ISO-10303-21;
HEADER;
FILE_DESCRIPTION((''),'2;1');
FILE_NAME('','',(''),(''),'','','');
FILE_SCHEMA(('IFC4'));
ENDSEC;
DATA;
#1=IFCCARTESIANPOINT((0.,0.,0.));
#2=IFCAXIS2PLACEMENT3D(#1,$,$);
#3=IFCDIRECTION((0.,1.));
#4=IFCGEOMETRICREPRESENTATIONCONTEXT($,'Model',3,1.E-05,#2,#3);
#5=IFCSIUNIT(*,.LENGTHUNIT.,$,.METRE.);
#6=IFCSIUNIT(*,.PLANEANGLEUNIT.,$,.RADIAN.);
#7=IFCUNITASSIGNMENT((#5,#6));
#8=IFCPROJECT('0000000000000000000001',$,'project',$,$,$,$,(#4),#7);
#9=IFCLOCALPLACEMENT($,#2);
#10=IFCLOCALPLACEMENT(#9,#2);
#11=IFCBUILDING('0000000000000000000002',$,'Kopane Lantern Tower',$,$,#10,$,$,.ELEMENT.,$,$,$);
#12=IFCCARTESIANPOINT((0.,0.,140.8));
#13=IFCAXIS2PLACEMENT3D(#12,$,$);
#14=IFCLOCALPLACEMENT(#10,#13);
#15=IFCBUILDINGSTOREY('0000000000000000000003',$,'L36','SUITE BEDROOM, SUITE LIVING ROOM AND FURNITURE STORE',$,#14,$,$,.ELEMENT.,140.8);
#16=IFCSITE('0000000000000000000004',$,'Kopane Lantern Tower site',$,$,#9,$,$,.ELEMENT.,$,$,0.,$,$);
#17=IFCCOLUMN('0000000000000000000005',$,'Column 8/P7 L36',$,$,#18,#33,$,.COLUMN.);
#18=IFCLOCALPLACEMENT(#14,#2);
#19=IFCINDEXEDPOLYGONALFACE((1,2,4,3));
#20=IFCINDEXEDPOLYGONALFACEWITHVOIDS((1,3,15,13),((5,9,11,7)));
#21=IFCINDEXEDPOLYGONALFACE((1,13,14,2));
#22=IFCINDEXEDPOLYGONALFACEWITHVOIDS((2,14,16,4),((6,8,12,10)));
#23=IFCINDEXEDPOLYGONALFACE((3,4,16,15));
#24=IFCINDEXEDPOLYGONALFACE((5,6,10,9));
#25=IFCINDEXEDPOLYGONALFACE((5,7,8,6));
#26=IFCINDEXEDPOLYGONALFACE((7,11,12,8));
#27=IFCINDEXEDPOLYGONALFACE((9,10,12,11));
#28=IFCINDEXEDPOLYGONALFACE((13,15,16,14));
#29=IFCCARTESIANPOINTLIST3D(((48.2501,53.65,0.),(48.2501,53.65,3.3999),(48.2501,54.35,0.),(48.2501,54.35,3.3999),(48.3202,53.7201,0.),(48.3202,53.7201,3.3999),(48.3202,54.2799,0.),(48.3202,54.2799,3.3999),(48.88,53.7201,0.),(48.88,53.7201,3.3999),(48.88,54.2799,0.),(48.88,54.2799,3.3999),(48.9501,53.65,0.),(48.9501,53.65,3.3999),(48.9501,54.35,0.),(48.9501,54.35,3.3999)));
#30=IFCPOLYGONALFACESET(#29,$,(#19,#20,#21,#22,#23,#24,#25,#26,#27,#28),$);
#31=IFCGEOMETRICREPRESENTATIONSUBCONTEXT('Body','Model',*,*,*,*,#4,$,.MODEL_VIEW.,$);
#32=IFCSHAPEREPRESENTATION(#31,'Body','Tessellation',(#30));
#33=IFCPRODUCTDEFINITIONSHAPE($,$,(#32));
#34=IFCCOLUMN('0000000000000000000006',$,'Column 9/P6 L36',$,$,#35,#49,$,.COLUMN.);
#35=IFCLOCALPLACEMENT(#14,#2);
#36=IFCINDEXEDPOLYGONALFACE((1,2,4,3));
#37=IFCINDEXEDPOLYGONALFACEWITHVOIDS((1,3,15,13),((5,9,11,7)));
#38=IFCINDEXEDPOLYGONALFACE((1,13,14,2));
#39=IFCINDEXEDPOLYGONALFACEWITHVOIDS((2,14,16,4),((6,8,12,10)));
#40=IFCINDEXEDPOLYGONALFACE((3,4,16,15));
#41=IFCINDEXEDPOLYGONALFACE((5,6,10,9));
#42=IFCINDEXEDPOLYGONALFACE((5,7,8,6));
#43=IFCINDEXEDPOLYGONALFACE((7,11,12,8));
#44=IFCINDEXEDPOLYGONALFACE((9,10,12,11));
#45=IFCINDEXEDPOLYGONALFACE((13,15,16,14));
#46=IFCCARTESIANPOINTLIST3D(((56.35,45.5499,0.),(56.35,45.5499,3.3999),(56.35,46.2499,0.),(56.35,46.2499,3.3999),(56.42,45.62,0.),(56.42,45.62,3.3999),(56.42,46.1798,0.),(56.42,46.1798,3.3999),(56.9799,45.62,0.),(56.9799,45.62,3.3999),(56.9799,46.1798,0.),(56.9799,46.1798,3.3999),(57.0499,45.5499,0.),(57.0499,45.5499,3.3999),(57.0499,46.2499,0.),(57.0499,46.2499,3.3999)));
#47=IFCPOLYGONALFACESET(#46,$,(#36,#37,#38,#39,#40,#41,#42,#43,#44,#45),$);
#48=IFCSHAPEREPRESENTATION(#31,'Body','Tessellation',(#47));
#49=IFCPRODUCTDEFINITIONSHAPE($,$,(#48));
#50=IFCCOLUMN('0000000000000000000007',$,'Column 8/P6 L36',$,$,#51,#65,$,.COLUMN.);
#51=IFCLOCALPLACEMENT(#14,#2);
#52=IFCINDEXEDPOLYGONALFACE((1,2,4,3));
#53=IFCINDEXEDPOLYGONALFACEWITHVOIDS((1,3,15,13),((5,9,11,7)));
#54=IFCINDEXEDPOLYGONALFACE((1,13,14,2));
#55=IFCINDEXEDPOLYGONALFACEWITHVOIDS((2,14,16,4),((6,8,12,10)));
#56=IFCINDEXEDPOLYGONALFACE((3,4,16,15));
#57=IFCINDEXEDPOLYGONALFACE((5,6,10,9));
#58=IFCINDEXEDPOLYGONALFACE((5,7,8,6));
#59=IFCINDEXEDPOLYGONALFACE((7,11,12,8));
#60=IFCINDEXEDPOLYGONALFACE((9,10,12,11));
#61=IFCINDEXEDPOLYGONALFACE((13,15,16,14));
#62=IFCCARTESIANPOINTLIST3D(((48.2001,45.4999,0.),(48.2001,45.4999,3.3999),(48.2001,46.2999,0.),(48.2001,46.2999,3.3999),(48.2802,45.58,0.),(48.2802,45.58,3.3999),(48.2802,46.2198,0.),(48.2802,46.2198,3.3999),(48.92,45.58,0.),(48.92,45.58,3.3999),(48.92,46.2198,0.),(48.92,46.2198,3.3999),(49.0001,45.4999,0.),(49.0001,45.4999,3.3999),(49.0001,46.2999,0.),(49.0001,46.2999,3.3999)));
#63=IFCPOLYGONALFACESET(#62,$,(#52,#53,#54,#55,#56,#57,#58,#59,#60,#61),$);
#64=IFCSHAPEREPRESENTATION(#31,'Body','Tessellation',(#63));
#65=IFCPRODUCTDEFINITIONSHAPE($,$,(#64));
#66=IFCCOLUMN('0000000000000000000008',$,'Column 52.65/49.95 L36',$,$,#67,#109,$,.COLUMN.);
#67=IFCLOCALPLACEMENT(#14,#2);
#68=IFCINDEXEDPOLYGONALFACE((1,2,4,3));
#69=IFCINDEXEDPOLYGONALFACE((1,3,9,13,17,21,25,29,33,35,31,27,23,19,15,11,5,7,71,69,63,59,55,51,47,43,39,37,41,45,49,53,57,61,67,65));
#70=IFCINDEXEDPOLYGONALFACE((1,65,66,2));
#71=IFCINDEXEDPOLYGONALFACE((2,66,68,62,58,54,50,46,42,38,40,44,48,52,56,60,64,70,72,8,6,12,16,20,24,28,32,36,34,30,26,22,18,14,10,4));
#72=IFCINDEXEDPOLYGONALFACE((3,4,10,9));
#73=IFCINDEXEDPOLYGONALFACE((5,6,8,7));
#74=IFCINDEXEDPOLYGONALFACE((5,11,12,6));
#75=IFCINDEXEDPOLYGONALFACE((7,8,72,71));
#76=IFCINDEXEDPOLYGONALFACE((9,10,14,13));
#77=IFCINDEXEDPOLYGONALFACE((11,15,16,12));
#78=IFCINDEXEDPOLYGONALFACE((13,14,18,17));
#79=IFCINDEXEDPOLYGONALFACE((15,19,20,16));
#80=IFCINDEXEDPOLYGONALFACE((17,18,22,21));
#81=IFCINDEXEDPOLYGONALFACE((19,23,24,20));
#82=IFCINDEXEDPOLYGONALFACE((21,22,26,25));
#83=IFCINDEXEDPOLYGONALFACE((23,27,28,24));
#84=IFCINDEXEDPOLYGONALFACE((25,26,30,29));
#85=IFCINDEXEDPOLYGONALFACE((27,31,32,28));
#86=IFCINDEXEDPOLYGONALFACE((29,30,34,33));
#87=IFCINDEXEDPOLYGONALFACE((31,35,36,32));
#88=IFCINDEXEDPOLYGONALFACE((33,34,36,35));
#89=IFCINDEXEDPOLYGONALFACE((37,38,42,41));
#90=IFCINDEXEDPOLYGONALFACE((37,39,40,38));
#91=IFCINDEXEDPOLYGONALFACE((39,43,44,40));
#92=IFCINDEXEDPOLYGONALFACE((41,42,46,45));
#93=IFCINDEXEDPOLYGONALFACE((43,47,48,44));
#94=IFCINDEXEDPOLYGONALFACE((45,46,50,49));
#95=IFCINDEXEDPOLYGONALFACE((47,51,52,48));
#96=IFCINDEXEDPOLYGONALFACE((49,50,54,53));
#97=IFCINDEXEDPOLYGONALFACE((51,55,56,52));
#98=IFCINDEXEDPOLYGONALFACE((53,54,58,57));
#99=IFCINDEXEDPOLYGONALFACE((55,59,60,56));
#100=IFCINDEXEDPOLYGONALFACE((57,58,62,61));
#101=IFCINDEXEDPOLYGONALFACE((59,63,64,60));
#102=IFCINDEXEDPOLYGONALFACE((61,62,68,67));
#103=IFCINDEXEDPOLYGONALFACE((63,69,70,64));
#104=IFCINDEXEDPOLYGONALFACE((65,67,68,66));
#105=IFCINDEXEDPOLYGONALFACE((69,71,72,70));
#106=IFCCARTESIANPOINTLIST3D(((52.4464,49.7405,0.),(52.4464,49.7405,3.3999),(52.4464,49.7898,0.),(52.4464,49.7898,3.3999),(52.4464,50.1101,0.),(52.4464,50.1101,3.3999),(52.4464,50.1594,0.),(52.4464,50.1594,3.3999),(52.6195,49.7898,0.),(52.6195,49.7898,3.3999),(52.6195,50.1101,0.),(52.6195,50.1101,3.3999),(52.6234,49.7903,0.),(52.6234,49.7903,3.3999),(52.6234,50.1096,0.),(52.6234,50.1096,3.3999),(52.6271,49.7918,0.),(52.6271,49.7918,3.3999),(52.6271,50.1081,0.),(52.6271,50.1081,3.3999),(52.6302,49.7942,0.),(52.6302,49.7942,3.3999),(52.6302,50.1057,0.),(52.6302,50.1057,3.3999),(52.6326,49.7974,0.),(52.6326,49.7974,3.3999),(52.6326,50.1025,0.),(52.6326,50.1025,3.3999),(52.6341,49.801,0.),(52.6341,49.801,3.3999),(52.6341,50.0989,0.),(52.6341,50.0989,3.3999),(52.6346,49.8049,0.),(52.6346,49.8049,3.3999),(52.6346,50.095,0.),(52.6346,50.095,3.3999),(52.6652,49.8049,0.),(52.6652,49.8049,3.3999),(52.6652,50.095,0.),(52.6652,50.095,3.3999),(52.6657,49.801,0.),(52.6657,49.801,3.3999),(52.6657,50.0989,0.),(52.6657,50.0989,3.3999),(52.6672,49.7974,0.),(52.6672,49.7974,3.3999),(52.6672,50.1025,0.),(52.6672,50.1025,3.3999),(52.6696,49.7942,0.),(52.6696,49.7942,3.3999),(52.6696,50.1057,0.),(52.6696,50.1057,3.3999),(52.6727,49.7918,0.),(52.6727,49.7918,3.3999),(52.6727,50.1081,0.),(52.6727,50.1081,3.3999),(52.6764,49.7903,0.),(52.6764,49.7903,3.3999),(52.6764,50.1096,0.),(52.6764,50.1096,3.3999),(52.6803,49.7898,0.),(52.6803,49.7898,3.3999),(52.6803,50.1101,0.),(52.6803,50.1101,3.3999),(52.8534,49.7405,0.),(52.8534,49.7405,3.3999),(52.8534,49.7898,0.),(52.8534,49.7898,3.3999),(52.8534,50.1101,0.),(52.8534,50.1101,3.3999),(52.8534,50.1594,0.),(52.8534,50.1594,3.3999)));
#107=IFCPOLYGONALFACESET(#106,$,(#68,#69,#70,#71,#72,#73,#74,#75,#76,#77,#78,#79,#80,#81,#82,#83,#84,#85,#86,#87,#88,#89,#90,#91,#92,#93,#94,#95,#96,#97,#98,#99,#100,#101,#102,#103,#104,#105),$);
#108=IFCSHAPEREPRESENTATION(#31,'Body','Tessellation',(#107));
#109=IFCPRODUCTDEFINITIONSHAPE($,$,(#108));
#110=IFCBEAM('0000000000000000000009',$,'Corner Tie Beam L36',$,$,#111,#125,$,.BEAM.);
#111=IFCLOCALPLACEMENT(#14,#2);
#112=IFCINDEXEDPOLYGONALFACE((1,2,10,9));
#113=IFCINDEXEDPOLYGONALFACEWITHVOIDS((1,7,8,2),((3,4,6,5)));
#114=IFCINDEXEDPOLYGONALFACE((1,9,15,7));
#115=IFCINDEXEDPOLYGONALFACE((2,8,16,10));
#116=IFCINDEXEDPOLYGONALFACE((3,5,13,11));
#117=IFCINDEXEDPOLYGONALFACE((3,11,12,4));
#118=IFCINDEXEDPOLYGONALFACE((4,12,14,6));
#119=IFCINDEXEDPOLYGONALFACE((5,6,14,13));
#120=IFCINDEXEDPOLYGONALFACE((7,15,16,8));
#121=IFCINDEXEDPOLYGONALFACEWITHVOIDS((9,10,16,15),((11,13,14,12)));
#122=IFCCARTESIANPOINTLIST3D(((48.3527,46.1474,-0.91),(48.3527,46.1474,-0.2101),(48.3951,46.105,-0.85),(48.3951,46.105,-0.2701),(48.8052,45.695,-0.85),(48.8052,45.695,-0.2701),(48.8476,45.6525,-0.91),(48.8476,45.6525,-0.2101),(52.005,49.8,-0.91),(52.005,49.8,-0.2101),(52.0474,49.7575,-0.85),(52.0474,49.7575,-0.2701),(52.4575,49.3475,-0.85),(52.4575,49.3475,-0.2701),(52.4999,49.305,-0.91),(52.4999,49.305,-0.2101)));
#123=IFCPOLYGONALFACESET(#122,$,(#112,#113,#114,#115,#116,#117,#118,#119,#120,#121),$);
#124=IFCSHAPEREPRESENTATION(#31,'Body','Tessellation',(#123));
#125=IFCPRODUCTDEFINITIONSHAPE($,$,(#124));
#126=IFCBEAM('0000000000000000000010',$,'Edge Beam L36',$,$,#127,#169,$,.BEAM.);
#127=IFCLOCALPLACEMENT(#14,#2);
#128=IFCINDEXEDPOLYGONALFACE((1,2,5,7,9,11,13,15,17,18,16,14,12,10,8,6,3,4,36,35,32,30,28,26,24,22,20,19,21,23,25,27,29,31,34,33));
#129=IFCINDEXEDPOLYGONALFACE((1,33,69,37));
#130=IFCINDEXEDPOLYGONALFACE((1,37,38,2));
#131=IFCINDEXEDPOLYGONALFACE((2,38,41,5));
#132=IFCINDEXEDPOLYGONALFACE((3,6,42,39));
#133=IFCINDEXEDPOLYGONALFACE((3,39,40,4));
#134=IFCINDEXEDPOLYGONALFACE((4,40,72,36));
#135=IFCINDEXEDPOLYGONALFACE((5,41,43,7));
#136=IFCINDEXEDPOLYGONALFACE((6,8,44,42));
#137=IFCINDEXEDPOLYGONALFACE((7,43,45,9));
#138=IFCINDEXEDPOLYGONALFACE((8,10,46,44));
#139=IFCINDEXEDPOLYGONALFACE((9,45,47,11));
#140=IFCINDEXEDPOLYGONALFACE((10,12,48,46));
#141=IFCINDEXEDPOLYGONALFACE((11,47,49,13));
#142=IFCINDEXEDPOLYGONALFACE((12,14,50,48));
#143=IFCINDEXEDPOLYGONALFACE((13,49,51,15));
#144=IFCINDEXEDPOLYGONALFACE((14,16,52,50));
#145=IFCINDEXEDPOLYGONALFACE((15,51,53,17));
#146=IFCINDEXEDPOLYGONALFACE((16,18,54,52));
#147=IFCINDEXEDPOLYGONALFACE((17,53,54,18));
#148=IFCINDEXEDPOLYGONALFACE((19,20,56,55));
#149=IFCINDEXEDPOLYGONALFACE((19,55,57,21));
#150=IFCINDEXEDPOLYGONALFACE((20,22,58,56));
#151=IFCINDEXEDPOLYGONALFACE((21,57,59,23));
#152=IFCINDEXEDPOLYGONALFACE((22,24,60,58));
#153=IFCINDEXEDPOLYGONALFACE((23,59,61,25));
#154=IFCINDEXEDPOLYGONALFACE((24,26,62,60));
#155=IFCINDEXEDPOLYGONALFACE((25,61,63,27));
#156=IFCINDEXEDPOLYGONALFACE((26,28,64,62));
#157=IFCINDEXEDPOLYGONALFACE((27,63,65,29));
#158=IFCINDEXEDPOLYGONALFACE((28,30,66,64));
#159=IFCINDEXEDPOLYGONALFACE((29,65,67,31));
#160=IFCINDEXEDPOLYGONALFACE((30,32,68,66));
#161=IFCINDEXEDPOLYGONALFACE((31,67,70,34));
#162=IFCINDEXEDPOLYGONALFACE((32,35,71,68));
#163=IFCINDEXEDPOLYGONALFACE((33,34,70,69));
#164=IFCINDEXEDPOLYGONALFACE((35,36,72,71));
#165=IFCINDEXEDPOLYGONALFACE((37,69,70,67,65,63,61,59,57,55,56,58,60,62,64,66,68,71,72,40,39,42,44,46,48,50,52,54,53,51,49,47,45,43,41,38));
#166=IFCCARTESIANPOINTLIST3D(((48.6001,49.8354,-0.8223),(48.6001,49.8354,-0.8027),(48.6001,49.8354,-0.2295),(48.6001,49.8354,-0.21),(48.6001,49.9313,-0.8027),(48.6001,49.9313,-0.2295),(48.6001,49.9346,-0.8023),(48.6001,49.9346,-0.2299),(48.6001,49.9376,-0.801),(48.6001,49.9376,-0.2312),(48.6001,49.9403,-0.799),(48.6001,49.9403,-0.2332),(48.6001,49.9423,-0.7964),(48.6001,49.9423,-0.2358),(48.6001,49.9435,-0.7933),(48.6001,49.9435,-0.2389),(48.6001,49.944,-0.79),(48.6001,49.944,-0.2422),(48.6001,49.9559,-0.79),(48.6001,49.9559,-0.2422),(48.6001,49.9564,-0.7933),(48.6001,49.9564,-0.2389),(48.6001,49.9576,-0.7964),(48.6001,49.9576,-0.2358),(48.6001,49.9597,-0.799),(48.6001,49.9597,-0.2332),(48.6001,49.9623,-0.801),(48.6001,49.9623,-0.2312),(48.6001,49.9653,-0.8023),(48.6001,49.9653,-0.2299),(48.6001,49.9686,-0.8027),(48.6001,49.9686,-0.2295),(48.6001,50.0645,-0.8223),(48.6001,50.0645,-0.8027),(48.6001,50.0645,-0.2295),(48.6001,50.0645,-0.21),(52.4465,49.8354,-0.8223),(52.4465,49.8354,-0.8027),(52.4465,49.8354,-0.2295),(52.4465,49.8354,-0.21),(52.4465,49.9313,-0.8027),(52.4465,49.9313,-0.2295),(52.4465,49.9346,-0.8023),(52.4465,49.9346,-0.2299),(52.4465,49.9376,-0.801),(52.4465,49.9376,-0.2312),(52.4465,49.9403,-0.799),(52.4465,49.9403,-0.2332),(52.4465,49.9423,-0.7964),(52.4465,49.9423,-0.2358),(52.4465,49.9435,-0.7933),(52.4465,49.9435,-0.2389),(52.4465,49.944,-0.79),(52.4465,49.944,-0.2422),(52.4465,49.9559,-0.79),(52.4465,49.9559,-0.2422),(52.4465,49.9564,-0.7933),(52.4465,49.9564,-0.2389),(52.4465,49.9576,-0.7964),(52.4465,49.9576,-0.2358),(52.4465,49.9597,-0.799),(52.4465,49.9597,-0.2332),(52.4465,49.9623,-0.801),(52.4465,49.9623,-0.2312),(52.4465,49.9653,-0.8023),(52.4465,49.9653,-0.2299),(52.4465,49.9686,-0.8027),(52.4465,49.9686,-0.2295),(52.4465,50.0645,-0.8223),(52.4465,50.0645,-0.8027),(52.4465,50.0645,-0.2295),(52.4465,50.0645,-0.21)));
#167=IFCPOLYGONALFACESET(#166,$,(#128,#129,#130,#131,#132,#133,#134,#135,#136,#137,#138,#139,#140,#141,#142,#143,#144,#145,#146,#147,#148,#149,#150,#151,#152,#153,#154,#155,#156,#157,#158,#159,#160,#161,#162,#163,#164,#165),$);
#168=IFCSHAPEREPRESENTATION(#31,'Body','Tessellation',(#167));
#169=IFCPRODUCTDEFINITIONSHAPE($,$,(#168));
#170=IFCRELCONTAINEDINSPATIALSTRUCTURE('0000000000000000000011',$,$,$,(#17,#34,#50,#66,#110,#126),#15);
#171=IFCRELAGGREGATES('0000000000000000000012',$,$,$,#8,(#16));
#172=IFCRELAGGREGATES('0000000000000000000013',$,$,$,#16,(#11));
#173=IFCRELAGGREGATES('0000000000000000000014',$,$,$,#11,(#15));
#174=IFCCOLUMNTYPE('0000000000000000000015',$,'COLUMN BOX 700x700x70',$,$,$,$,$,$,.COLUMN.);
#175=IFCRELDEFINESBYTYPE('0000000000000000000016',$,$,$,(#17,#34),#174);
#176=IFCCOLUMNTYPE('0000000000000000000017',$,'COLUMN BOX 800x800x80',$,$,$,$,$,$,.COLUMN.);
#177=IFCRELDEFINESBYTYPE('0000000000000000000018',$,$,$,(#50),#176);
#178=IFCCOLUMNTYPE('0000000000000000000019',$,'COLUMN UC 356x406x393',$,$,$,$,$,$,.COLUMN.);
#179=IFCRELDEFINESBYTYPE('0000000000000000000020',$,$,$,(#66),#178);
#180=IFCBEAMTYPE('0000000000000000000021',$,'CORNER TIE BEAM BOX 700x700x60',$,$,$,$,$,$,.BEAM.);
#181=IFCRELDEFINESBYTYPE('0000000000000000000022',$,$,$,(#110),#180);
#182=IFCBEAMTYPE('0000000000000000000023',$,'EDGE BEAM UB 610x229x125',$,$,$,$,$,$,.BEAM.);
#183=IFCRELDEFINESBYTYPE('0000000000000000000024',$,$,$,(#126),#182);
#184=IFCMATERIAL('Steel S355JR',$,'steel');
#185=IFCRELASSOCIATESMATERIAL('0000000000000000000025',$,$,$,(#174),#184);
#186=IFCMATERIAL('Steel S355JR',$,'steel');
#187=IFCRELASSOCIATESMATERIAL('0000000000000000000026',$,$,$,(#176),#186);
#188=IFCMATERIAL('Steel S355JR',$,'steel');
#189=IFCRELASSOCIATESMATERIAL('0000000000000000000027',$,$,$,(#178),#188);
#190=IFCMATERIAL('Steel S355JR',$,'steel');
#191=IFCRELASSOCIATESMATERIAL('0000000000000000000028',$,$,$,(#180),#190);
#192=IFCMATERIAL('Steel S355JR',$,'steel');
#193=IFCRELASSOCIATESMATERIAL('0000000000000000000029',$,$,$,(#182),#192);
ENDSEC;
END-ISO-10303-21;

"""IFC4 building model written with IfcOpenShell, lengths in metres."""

from ifc_helpers import new_model, si_unit, direction, frame, origin, origin_2d, place, context, subcontext, project, spatial, hollow_rectangle, i_section, extrude, material, material_profile, profile_set, type_object, element, save


model = new_model("IFC4")

# Units and contexts
model_context = context("Model", 3, precision=1e-05, world=origin(), true_north=direction((0.0, 1.0)))
body_context = subcontext(model_context, "Body", "Model", "MODEL_VIEW")
ifc_project = project(units=[si_unit("LENGTHUNIT", "METRE"), si_unit("PLANEANGLEUNIT", "RADIAN")], contexts=[model_context])

# Site, building, storey
site_placement = place(None, origin())
site = spatial("IfcSite", under=ifc_project, at=site_placement, Name="Kopane Lantern Tower site", CompositionType="ELEMENT", RefElevation=0.0)
building_placement = place(site_placement, origin())
building = spatial("IfcBuilding", under=site, at=building_placement, Name="Kopane Lantern Tower", CompositionType="ELEMENT")
storey_placement = place(building_placement, frame((0.0, 0.0, 140.8)))
storey = spatial("IfcBuildingStorey", under=building, at=storey_placement, Name="L36", Description="SUITE BEDROOM, SUITE LIVING ROOM AND FURNITURE STORE", CompositionType="ELEMENT", Elevation=140.8)

# Columns
ifc_material_1 = material(Name="Steel S355JR", Category="steel")
ifc_material_profile_1 = material_profile(ifc_material_1, hollow_rectangle(XDim=0.7, YDim=0.7, WallThickness=0.0701, at=origin_2d()), Name="BOX 700x700x70")
ifc_profile_set_1 = profile_set([ifc_material_profile_1], Name="Steel S355JR")
column_type_1 = type_object("IfcColumnType", Name="COLUMN BOX 700x700x70", PredefinedType="COLUMN", material=ifc_profile_set_1)
for number, where, z_axis, x_axis, name in (
    (1, (48.6001, 54.0, 0.0), (0.0, 0.0, 1.0), (1.0, 0.0, 0.0), "Column 8/P7 L36"),
    (2, (56.7, 45.8999, 0.0), (0.0, 0.0, 1.0), (1.0, 0.0, 0.0), "Column 9/P6 L36"),
):
    element("IfcColumn", number, at=place(storey_placement, frame(where, z_axis=z_axis, x_axis=x_axis)), inside=storey, type_object=column_type_1, Name=name, PredefinedType="COLUMN", context=body_context, shape_type="SweptSolid", body=[
        extrude(hollow_rectangle(XDim=0.7, YDim=0.7, WallThickness=0.0701, at=origin_2d()), origin(), (0.0, 0.0, 1.0), 3.3999),
    ])
ifc_material_2 = material(Name="Steel S355JR", Category="steel")
ifc_material_profile_2 = material_profile(ifc_material_2, hollow_rectangle(XDim=0.8, YDim=0.8, WallThickness=0.0801, at=origin_2d()), Name="BOX 800x800x80")
ifc_profile_set_2 = profile_set([ifc_material_profile_2], Name="Steel S355JR")
column_type_2 = type_object("IfcColumnType", Name="COLUMN BOX 800x800x80", PredefinedType="COLUMN", material=ifc_profile_set_2)
column_1_placement = place(storey_placement, frame((48.6001, 45.8999, 0.0), z_axis=(0.0, 0.0, 1.0), x_axis=(1.0, 0.0, 0.0)))
element("IfcColumn", 3, at=column_1_placement, inside=storey, type_object=column_type_2, Name="Column 8/P6 L36", PredefinedType="COLUMN", context=body_context, shape_type="SweptSolid", body=[
    extrude(hollow_rectangle(XDim=0.8, YDim=0.8, WallThickness=0.0801, at=origin_2d()), origin(), (0.0, 0.0, 1.0), 3.3999),
])
ifc_material_3 = material(Name="Steel S355JR", Category="steel")
ifc_material_profile_3 = material_profile(ifc_material_3, i_section(OverallWidth=0.407, OverallDepth=0.4189, WebThickness=0.0305, FlangeThickness=0.0493, FilletRadius=0.0151, at=origin_2d()), Name="UC 356x406x393")
ifc_profile_set_3 = profile_set([ifc_material_profile_3], Name="Steel S355JR")
column_type_3 = type_object("IfcColumnType", Name="COLUMN UC 356x406x393", PredefinedType="COLUMN", material=ifc_profile_set_3)
column_2_placement = place(storey_placement, frame((52.6499, 49.95, 0.0), z_axis=(0.0, 0.0, 1.0), x_axis=(1.0, 0.0, 0.0)))
element("IfcColumn", 4, at=column_2_placement, inside=storey, type_object=column_type_3, Name="Column 52.65/49.95 L36", PredefinedType="COLUMN", context=body_context, shape_type="SweptSolid", body=[
    extrude(i_section(OverallWidth=0.407, OverallDepth=0.4189, WebThickness=0.0305, FlangeThickness=0.0493, FilletRadius=0.0151, at=origin_2d()), origin(), (0.0, 0.0, 1.0), 3.3999),
])

# Beams
ifc_material_4 = material(Name="Steel S355JR", Category="steel")
ifc_material_profile_4 = material_profile(ifc_material_4, hollow_rectangle(XDim=0.7, YDim=0.7, WallThickness=0.0601, at=origin_2d()), Name="BOX 700x700x60")
ifc_profile_set_4 = profile_set([ifc_material_profile_4], Name="Steel S355JR")
beam_type_1 = type_object("IfcBeamType", Name="CORNER TIE BEAM BOX 700x700x60", PredefinedType="BEAM", material=ifc_profile_set_4)
beam_1_placement = place(storey_placement, frame((52.2524, 49.5525, -0.5601), z_axis=(-0.707083, -0.70713, 0.0), x_axis=(0.70713, -0.707083, 0.0)))
element("IfcBeam", 5, at=beam_1_placement, inside=storey, type_object=beam_type_1, Name="Corner Tie Beam L36", PredefinedType="BEAM", context=body_context, shape_type="SweptSolid", body=[
    extrude(hollow_rectangle(XDim=0.7, YDim=0.7, WallThickness=0.0601, at=origin_2d()), origin(), (0.0, 0.0, 1.0), 5.1653),
])
ifc_material_5 = material(Name="Steel S355JR", Category="steel")
ifc_material_profile_5 = material_profile(ifc_material_5, i_section(OverallWidth=0.229, OverallDepth=0.6123, WebThickness=0.012, FlangeThickness=0.0195, FilletRadius=0.0127, at=origin_2d()), Name="UB 610x229x125")
ifc_profile_set_5 = profile_set([ifc_material_profile_5], Name="Steel S355JR")
beam_type_2 = type_object("IfcBeamType", Name="EDGE BEAM UB 610x229x125", PredefinedType="BEAM", material=ifc_profile_set_5)
beam_2_placement = place(storey_placement, frame((52.4465, 49.95, -0.5161), z_axis=(-1.0, 0.0, 0.0), x_axis=(0.0, -1.0, 0.0)))
element("IfcBeam", 6, at=beam_2_placement, inside=storey, type_object=beam_type_2, Name="Edge Beam L36", PredefinedType="BEAM", context=body_context, shape_type="SweptSolid", body=[
    extrude(i_section(OverallWidth=0.229, OverallDepth=0.6123, WebThickness=0.012, FlangeThickness=0.0195, FilletRadius=0.0127, at=origin_2d()), origin(), (0.0, 0.0, 1.0), 3.8464),
])

save(model, "model.ifc")
